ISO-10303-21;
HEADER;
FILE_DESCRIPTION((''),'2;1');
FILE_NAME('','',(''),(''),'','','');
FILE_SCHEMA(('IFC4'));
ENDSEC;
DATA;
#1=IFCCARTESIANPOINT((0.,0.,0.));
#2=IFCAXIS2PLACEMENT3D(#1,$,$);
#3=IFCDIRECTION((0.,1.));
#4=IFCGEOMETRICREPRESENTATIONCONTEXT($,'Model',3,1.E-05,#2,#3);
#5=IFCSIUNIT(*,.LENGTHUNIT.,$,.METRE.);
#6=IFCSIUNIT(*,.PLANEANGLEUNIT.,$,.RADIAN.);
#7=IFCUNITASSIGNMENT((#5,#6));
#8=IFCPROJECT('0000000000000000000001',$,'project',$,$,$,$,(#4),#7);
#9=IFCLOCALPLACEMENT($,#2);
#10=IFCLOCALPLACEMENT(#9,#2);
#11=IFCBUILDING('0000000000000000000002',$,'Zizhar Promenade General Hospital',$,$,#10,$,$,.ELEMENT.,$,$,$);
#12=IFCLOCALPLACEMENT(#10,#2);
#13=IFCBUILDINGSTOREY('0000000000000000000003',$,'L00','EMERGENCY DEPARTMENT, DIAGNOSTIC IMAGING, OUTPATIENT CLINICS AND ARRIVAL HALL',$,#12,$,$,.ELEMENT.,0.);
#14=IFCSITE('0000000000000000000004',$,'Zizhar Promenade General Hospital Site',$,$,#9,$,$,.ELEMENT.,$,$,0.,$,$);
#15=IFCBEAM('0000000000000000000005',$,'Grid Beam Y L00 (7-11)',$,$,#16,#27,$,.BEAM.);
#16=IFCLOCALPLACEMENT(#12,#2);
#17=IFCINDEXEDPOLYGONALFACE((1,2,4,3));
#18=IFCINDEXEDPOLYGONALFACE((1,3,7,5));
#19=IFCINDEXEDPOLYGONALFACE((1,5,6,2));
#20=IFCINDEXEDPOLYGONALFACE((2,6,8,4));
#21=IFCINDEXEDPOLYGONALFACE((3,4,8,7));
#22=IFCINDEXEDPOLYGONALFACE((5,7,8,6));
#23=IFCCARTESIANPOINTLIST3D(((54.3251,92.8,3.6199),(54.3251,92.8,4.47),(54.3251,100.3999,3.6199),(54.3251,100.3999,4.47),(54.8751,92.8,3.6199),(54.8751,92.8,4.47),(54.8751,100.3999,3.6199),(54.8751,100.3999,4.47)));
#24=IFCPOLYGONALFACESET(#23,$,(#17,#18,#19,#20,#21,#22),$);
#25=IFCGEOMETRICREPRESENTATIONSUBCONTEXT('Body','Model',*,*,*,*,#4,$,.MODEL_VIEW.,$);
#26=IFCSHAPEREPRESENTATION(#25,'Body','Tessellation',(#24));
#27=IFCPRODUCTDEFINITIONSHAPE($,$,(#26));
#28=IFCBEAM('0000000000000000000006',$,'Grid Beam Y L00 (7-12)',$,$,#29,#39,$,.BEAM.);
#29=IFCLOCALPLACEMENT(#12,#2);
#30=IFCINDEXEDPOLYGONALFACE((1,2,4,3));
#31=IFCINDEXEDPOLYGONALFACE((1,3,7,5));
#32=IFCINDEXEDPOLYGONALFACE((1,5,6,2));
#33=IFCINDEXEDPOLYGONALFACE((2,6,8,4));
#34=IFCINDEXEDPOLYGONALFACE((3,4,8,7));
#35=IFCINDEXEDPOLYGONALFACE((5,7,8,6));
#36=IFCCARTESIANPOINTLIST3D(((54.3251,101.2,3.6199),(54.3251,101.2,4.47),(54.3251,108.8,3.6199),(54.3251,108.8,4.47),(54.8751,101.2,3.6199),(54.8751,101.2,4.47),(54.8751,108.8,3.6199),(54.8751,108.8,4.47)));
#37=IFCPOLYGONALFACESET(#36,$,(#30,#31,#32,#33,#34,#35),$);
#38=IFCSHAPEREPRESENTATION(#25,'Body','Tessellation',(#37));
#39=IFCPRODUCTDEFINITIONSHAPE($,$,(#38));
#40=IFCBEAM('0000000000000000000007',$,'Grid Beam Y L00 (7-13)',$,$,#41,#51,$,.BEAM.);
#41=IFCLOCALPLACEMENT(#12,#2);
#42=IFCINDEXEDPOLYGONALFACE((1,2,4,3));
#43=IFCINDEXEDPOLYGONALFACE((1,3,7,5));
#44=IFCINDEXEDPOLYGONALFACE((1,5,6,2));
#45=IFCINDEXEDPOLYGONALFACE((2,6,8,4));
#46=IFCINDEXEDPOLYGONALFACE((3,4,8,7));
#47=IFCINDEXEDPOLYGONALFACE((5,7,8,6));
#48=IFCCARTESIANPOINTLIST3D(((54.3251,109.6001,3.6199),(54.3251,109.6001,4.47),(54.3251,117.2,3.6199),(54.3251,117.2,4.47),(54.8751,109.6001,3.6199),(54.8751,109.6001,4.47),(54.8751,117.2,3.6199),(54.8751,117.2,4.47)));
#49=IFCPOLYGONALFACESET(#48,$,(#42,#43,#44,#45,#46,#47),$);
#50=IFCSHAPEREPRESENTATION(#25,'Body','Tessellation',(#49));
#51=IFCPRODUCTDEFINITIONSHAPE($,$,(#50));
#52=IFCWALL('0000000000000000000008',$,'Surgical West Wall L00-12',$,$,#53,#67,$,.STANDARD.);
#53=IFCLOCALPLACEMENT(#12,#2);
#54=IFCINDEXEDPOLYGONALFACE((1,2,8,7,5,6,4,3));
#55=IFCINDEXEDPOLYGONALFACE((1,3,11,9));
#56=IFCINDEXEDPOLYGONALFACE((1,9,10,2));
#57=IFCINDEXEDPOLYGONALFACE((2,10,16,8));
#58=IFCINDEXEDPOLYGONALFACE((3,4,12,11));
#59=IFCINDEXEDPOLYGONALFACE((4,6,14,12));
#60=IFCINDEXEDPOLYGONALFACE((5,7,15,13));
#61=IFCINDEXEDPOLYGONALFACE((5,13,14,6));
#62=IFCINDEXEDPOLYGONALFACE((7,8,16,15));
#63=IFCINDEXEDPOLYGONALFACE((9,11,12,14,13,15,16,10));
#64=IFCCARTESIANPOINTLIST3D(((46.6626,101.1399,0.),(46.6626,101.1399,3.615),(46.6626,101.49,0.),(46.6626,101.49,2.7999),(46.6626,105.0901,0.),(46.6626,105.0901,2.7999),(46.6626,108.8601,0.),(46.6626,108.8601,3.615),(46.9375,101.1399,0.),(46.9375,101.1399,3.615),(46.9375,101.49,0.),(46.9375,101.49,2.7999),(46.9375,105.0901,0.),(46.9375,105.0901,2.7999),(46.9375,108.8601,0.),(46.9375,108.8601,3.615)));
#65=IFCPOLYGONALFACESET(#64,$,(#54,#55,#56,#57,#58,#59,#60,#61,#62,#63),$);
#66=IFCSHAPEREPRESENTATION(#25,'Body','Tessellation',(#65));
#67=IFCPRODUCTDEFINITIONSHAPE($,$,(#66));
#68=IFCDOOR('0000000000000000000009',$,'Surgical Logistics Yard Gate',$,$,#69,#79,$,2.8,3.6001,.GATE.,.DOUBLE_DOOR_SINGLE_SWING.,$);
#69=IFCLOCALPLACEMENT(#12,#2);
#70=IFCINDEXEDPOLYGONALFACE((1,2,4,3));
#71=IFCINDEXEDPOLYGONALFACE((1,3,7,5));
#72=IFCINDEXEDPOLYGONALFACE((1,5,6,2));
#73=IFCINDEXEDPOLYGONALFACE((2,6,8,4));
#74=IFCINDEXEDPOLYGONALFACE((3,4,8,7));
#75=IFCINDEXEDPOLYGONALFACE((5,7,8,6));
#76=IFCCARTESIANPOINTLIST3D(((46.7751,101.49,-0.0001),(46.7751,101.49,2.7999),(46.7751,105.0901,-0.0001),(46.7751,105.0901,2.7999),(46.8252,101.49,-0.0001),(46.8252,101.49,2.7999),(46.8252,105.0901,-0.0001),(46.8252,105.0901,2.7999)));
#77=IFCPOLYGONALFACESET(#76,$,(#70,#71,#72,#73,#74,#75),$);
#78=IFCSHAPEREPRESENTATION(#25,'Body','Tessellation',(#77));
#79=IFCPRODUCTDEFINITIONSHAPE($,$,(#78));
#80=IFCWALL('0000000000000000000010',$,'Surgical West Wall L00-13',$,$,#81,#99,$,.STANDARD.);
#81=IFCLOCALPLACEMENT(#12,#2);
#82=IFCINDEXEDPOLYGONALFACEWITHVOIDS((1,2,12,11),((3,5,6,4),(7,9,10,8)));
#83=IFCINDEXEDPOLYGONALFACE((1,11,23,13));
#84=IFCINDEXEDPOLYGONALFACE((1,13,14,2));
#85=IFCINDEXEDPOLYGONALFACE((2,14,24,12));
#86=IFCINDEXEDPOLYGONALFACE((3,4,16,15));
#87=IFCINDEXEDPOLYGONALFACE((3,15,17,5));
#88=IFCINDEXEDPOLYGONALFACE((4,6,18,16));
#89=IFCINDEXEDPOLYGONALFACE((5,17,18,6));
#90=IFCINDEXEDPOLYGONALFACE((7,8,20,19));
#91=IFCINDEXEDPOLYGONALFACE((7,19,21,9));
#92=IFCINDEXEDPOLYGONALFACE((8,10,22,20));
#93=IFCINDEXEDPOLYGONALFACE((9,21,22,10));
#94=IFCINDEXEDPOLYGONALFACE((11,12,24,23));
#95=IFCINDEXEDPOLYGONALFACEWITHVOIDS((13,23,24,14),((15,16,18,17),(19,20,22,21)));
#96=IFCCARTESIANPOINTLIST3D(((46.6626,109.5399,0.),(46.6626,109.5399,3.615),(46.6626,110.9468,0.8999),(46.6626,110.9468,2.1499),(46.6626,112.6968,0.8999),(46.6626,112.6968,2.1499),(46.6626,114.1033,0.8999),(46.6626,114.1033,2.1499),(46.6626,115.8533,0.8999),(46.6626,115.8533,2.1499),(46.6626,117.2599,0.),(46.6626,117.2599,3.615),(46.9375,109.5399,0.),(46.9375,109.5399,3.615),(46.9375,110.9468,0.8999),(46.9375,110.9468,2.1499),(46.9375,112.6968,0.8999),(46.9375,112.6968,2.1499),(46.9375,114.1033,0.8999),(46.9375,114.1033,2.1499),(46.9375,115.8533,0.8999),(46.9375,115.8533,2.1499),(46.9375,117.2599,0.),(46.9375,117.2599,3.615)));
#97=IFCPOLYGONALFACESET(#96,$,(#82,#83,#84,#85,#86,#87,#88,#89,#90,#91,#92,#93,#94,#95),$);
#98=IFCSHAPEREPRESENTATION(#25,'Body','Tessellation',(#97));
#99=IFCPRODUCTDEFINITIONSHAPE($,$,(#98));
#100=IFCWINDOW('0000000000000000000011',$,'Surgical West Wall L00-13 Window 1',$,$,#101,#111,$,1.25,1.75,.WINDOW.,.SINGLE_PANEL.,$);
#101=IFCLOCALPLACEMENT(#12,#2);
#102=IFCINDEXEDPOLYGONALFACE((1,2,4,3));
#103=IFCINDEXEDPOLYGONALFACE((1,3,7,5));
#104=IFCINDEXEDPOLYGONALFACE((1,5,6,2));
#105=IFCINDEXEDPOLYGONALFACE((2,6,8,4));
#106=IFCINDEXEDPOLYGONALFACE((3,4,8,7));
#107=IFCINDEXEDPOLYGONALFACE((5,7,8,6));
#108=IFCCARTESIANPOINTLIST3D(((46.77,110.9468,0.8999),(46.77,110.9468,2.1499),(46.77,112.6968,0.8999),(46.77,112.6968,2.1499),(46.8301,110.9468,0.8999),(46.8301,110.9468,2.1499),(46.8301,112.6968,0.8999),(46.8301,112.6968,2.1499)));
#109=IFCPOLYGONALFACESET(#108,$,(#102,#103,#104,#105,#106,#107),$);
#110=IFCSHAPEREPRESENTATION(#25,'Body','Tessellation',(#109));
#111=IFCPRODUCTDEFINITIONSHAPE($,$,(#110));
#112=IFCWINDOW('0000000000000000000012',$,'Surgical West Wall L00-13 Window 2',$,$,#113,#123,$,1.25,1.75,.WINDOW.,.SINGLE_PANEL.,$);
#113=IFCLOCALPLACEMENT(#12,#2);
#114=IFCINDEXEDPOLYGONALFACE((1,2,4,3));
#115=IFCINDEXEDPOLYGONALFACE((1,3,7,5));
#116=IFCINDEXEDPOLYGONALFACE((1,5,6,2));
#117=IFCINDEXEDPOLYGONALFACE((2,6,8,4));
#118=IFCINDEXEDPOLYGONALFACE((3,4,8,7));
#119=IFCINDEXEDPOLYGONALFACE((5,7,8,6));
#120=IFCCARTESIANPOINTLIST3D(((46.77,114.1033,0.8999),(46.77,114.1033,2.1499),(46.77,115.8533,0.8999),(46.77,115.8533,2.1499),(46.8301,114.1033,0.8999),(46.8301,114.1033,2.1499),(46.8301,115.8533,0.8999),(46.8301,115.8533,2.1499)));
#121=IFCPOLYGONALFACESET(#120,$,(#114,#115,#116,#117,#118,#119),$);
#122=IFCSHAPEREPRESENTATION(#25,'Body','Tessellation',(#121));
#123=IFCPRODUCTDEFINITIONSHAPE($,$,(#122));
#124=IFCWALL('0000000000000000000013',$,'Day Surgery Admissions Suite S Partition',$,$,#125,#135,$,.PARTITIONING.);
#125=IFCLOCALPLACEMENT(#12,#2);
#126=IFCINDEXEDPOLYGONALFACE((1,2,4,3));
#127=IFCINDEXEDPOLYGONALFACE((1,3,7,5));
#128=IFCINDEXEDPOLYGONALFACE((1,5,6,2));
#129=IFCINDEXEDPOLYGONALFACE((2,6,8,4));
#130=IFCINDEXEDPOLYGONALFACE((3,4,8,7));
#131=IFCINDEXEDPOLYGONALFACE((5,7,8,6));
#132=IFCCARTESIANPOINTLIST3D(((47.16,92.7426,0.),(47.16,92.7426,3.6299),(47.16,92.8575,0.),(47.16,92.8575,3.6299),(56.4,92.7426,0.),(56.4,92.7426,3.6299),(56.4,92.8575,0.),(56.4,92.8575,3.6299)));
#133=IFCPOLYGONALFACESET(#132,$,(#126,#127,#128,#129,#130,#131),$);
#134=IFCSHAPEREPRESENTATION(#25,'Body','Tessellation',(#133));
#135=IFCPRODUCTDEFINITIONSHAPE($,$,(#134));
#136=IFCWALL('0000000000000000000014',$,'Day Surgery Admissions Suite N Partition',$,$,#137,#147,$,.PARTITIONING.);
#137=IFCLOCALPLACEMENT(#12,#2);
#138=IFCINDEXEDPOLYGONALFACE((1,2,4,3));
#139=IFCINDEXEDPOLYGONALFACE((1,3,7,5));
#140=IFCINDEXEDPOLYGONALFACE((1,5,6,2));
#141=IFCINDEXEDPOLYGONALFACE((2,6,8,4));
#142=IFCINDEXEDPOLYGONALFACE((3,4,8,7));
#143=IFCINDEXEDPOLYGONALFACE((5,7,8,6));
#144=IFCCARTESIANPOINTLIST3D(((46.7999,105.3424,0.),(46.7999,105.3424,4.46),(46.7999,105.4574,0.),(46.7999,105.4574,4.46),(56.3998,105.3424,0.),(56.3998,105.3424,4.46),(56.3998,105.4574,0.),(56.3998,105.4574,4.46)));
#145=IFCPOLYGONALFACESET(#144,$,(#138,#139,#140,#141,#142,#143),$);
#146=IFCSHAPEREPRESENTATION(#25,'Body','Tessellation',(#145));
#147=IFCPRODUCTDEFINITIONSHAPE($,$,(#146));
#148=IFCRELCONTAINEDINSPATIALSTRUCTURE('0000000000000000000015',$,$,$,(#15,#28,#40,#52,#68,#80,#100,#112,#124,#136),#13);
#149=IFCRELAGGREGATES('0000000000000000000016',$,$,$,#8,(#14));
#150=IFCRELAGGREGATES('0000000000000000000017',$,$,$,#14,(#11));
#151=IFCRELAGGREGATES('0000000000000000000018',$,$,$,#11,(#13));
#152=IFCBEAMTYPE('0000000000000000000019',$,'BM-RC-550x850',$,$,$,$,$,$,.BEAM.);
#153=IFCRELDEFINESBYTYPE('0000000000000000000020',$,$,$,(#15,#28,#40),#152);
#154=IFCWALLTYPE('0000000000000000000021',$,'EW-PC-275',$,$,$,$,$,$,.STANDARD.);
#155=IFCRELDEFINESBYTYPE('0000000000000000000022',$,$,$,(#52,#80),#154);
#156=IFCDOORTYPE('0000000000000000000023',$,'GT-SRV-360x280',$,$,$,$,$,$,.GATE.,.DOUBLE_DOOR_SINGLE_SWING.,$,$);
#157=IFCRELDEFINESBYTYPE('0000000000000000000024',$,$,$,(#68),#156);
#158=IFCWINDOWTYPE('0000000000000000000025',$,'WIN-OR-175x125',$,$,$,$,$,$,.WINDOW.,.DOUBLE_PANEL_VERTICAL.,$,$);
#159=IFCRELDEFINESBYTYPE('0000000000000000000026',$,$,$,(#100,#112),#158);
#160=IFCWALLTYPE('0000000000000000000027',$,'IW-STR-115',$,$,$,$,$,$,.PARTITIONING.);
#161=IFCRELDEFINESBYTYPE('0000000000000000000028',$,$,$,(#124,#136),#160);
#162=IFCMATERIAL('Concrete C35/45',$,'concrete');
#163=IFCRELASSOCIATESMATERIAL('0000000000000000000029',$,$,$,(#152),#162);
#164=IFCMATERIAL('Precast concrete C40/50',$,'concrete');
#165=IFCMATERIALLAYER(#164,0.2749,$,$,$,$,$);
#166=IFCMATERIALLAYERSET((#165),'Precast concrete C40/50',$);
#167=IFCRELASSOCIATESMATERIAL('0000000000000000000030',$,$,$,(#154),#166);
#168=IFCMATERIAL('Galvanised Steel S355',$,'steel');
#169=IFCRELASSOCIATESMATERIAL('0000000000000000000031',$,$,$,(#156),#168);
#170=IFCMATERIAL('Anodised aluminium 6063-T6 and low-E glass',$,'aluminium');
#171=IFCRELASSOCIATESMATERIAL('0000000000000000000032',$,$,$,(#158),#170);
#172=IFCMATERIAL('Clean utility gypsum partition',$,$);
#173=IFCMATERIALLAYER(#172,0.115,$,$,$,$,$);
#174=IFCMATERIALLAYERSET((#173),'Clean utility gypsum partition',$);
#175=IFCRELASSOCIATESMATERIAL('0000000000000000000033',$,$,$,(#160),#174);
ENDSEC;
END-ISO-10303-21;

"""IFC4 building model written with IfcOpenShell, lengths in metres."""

from ifc_helpers import new_model, si_unit, direction, frame, frame_2d, origin, origin_2d, place, context, subcontext, project, spatial, rectangle, extrude, material, layer, layer_set, material_profile, profile_set, type_object, element, fill, save


model = new_model("IFC4")

# Units and contexts
model_context = context("Model", 3, precision=1e-05, world=origin(), true_north=direction((0.0, 1.0)))
body_context = subcontext(model_context, "Body", "Model", "MODEL_VIEW")
ifc_project = project(units=[si_unit("LENGTHUNIT", "METRE"), si_unit("PLANEANGLEUNIT", "RADIAN")], contexts=[model_context])

# Site, building, storey
site_placement = place(None, origin())
site = spatial("IfcSite", under=ifc_project, at=site_placement, Name="Zizhar Promenade General Hospital Site", CompositionType="ELEMENT", RefElevation=0.0)
building_placement = place(site_placement, origin())
building = spatial("IfcBuilding", under=site, at=building_placement, Name="Zizhar Promenade General Hospital", CompositionType="ELEMENT")
storey_placement = place(building_placement, origin())
storey = spatial("IfcBuildingStorey", under=building, at=storey_placement, Name="L00", Description="EMERGENCY DEPARTMENT, DIAGNOSTIC IMAGING, OUTPATIENT CLINICS AND ARRIVAL HALL", CompositionType="ELEMENT", Elevation=0.0)

# Beams
ifc_material_1 = material(Name="Concrete C35/45", Category="concrete")
ifc_material_profile_1 = material_profile(ifc_material_1, rectangle(XDim=0.55, YDim=0.8501, at=origin_2d()))
ifc_profile_set_1 = profile_set([ifc_material_profile_1], Name="Concrete C35/45")
beam_type_1 = type_object("IfcBeamType", Name="BM-RC-550x850", PredefinedType="BEAM", material=ifc_profile_set_1)
for number, where, z_axis, x_axis, name in (
    (1, (54.6001, 92.8, 4.0449), (0.0, 1.0, 0.0), (-1.0, 0.0, 0.0), "Grid Beam Y L00 (7-11)"),
):
    element("IfcBeam", number, at=place(storey_placement, frame(where, z_axis=z_axis, x_axis=x_axis)), inside=storey, type_object=beam_type_1, Name=name, PredefinedType="BEAM", context=body_context, shape_type="SweptSolid", body=[
        extrude(rectangle(XDim=0.55, YDim=0.8501, at=origin_2d()), origin(), (0.0, 0.0, 1.0), 7.5999),
    ])
beam_1_placement = place(storey_placement, frame((54.6001, 101.2, 4.0449), z_axis=(0.0, 1.0, 0.0), x_axis=(-1.0, 0.0, 0.0)))
element("IfcBeam", 2, at=beam_1_placement, inside=storey, type_object=beam_type_1, Name="Grid Beam Y L00 (7-12)", PredefinedType="BEAM", context=body_context, shape_type="SweptSolid", body=[
    extrude(rectangle(XDim=0.55, YDim=0.8501, at=origin_2d()), origin(), (0.0, 0.0, 1.0), 7.6001),
])
beam_2_placement = place(storey_placement, frame((54.6001, 109.6001, 4.0449), z_axis=(0.0, 1.0, 0.0), x_axis=(-1.0, 0.0, 0.0)))
element("IfcBeam", 3, at=beam_2_placement, inside=storey, type_object=beam_type_1, Name="Grid Beam Y L00 (7-13)", PredefinedType="BEAM", context=body_context, shape_type="SweptSolid", body=[
    extrude(rectangle(XDim=0.55, YDim=0.8501, at=origin_2d()), origin(), (0.0, 0.0, 1.0), 7.5999),
])

# Wall, opening, door
ifc_material_2 = material(Name="Precast concrete C40/50", Category="concrete")
ifc_layer_1 = layer(ifc_material_2, 0.2749)
ifc_layer_set_1 = layer_set([ifc_layer_1], Name="Precast concrete C40/50")
wall_type_1 = type_object("IfcWallType", Name="EW-PC-275", PredefinedType="STANDARD", material=ifc_layer_set_1)
wall_1_placement = place(storey_placement, frame((46.8, 101.1399, 0.0), z_axis=(0.0, 0.0, 1.0), x_axis=(0.0, 1.0, 0.0)))
wall_1 = element("IfcWall", 4, at=wall_1_placement, inside=storey, type_object=wall_type_1, Name="Surgical West Wall L00-12", PredefinedType="STANDARD", context=body_context, shape_type="SweptSolid", body=[
    extrude(rectangle(XDim=7.7202, YDim=0.2749, at=frame_2d((3.8601, 0.0))), origin(), (0.0, 0.0, 1.0), 3.615),
])
opening_1_placement = place(wall_1_placement, frame((0.3501, 0.0, 0.0)))
opening_1 = element("IfcOpeningElement", 5, at=opening_1_placement, cuts=wall_1, PredefinedType="OPENING", context=body_context, shape_type="SweptSolid", body=[
    extrude(rectangle(XDim=3.6001, YDim=2.8, at=frame_2d((1.8, 1.3999))), frame((0.0, 0.1475, 0.0), z_axis=(0.0, -1.0, 0.0), x_axis=(1.0, 0.0, 0.0)), (0.0, 0.0, 1.0), 0.2949),
])
ifc_material_3 = material(Name="Galvanised Steel S355", Category="steel")
door_type_1 = type_object("IfcDoorType", Name="GT-SRV-360x280", OperationType="DOUBLE_DOOR_SINGLE_SWING", PredefinedType="GATE", material=ifc_material_3)
door_1_placement = place(opening_1_placement, origin())
door_1 = element("IfcDoor", 6, at=door_1_placement, inside=storey, type_object=door_type_1, Name="Surgical Logistics Yard Gate", OperationType="DOUBLE_DOOR_SINGLE_SWING", OverallHeight=2.8, OverallWidth=3.6001, PredefinedType="GATE", context=body_context, shape_type="SweptSolid", body=[
    extrude(rectangle(XDim=3.6001, YDim=2.8, at=frame_2d((1.8, 1.3999))), frame((0.0, 0.0249, 0.0), z_axis=(0.0, -1.0, 0.0), x_axis=(1.0, 0.0, 0.0)), (0.0, 0.0, 1.0), 0.05),
])
fill(opening_1, door_1)

# Wall, openings, windows
wall_2_placement = place(storey_placement, frame((46.8, 109.54, 0.0), z_axis=(0.0, 0.0, 1.0), x_axis=(0.0, 1.0, 0.0)))
wall_2 = element("IfcWall", 7, at=wall_2_placement, inside=storey, type_object=wall_type_1, Name="Surgical West Wall L00-13", PredefinedType="STANDARD", context=body_context, shape_type="SweptSolid", body=[
    extrude(rectangle(XDim=7.72, YDim=0.2749, at=frame_2d((3.8599, 0.0))), origin(), (0.0, 0.0, 1.0), 3.615),
])
opening_2_placement = place(wall_2_placement, frame((1.4067, 0.0, 0.8999)))
opening_2 = element("IfcOpeningElement", 8, at=opening_2_placement, cuts=wall_2, PredefinedType="OPENING", context=body_context, shape_type="SweptSolid", body=[
    extrude(rectangle(XDim=1.75, YDim=1.25, at=frame_2d((0.875, 0.625))), frame((0.0, 0.1475, 0.0), z_axis=(0.0, -1.0, 0.0), x_axis=(1.0, 0.0, 0.0)), (0.0, 0.0, 1.0), 0.2949),
])
opening_3_placement = place(wall_2_placement, frame((4.5632, 0.0, 0.8999)))
opening_3 = element("IfcOpeningElement", 9, at=opening_3_placement, cuts=wall_2, PredefinedType="OPENING", context=body_context, shape_type="SweptSolid", body=[
    extrude(rectangle(XDim=1.75, YDim=1.25, at=frame_2d((0.875, 0.625))), frame((0.0, 0.1475, 0.0), z_axis=(0.0, -1.0, 0.0), x_axis=(1.0, 0.0, 0.0)), (0.0, 0.0, 1.0), 0.2949),
])
ifc_material_4 = material(Name="Anodised aluminium 6063-T6 and low-E glass", Category="aluminium")
window_type = type_object("IfcWindowType", Name="WIN-OR-175x125", PartitioningType="DOUBLE_PANEL_VERTICAL", PredefinedType="WINDOW", material=ifc_material_4)
window_1_placement = place(opening_2_placement, origin())
window_1 = element("IfcWindow", 10, at=window_1_placement, inside=storey, type_object=window_type, Name="Surgical West Wall L00-13 Window 1", OverallHeight=1.25, OverallWidth=1.75, PartitioningType="SINGLE_PANEL", PredefinedType="WINDOW", context=body_context, shape_type="SweptSolid", body=[
    extrude(rectangle(XDim=1.75, YDim=1.25, at=frame_2d((0.875, 0.625))), frame((0.0, 0.03, 0.0), z_axis=(0.0, -1.0, 0.0), x_axis=(1.0, 0.0, 0.0)), (0.0, 0.0, 1.0), 0.0601),
])
fill(opening_2, window_1)
window_2_placement = place(opening_3_placement, origin())
window_2 = element("IfcWindow", 11, at=window_2_placement, inside=storey, type_object=window_type, Name="Surgical West Wall L00-13 Window 2", OverallHeight=1.25, OverallWidth=1.75, PartitioningType="SINGLE_PANEL", PredefinedType="WINDOW", context=body_context, shape_type="SweptSolid", body=[
    extrude(rectangle(XDim=1.75, YDim=1.25, at=frame_2d((0.875, 0.625))), frame((0.0, 0.03, 0.0), z_axis=(0.0, -1.0, 0.0), x_axis=(1.0, 0.0, 0.0)), (0.0, 0.0, 1.0), 0.0601),
])
fill(opening_3, window_2)

# Walls
ifc_material_5 = material(Name="Clean utility gypsum partition")
ifc_layer_2 = layer(ifc_material_5, 0.115)
ifc_layer_set_2 = layer_set([ifc_layer_2], Name="Clean utility gypsum partition")
wall_type_2 = type_object("IfcWallType", Name="IW-STR-115", PredefinedType="PARTITIONING", material=ifc_layer_set_2)
wall_3_placement = place(storey_placement, frame((47.1599, 92.8, 0.0), z_axis=(0.0, 0.0, 1.0), x_axis=(1.0, 0.0, 0.0)))
element("IfcWall", 12, at=wall_3_placement, inside=storey, type_object=wall_type_2, Name="Day Surgery Admissions Suite S Partition", PredefinedType="PARTITIONING", context=body_context, shape_type="SweptSolid", body=[
    extrude(rectangle(XDim=9.24, YDim=0.115, at=frame_2d((4.6201, 0.0))), origin(), (0.0, 0.0, 1.0), 3.6299),
])
wall_4_placement = place(storey_placement, frame((46.8, 105.3999, 0.0), z_axis=(0.0, 0.0, 1.0), x_axis=(1.0, 0.0, 0.0)))
element("IfcWall", 13, at=wall_4_placement, inside=storey, type_object=wall_type_2, Name="Day Surgery Admissions Suite N Partition", PredefinedType="PARTITIONING", context=body_context, shape_type="SweptSolid", body=[
    extrude(rectangle(XDim=9.5999, YDim=0.115, at=frame_2d((4.7998, 0.0))), origin(), (0.0, 0.0, 1.0), 4.46),
])

save(model, "model.ifc")
